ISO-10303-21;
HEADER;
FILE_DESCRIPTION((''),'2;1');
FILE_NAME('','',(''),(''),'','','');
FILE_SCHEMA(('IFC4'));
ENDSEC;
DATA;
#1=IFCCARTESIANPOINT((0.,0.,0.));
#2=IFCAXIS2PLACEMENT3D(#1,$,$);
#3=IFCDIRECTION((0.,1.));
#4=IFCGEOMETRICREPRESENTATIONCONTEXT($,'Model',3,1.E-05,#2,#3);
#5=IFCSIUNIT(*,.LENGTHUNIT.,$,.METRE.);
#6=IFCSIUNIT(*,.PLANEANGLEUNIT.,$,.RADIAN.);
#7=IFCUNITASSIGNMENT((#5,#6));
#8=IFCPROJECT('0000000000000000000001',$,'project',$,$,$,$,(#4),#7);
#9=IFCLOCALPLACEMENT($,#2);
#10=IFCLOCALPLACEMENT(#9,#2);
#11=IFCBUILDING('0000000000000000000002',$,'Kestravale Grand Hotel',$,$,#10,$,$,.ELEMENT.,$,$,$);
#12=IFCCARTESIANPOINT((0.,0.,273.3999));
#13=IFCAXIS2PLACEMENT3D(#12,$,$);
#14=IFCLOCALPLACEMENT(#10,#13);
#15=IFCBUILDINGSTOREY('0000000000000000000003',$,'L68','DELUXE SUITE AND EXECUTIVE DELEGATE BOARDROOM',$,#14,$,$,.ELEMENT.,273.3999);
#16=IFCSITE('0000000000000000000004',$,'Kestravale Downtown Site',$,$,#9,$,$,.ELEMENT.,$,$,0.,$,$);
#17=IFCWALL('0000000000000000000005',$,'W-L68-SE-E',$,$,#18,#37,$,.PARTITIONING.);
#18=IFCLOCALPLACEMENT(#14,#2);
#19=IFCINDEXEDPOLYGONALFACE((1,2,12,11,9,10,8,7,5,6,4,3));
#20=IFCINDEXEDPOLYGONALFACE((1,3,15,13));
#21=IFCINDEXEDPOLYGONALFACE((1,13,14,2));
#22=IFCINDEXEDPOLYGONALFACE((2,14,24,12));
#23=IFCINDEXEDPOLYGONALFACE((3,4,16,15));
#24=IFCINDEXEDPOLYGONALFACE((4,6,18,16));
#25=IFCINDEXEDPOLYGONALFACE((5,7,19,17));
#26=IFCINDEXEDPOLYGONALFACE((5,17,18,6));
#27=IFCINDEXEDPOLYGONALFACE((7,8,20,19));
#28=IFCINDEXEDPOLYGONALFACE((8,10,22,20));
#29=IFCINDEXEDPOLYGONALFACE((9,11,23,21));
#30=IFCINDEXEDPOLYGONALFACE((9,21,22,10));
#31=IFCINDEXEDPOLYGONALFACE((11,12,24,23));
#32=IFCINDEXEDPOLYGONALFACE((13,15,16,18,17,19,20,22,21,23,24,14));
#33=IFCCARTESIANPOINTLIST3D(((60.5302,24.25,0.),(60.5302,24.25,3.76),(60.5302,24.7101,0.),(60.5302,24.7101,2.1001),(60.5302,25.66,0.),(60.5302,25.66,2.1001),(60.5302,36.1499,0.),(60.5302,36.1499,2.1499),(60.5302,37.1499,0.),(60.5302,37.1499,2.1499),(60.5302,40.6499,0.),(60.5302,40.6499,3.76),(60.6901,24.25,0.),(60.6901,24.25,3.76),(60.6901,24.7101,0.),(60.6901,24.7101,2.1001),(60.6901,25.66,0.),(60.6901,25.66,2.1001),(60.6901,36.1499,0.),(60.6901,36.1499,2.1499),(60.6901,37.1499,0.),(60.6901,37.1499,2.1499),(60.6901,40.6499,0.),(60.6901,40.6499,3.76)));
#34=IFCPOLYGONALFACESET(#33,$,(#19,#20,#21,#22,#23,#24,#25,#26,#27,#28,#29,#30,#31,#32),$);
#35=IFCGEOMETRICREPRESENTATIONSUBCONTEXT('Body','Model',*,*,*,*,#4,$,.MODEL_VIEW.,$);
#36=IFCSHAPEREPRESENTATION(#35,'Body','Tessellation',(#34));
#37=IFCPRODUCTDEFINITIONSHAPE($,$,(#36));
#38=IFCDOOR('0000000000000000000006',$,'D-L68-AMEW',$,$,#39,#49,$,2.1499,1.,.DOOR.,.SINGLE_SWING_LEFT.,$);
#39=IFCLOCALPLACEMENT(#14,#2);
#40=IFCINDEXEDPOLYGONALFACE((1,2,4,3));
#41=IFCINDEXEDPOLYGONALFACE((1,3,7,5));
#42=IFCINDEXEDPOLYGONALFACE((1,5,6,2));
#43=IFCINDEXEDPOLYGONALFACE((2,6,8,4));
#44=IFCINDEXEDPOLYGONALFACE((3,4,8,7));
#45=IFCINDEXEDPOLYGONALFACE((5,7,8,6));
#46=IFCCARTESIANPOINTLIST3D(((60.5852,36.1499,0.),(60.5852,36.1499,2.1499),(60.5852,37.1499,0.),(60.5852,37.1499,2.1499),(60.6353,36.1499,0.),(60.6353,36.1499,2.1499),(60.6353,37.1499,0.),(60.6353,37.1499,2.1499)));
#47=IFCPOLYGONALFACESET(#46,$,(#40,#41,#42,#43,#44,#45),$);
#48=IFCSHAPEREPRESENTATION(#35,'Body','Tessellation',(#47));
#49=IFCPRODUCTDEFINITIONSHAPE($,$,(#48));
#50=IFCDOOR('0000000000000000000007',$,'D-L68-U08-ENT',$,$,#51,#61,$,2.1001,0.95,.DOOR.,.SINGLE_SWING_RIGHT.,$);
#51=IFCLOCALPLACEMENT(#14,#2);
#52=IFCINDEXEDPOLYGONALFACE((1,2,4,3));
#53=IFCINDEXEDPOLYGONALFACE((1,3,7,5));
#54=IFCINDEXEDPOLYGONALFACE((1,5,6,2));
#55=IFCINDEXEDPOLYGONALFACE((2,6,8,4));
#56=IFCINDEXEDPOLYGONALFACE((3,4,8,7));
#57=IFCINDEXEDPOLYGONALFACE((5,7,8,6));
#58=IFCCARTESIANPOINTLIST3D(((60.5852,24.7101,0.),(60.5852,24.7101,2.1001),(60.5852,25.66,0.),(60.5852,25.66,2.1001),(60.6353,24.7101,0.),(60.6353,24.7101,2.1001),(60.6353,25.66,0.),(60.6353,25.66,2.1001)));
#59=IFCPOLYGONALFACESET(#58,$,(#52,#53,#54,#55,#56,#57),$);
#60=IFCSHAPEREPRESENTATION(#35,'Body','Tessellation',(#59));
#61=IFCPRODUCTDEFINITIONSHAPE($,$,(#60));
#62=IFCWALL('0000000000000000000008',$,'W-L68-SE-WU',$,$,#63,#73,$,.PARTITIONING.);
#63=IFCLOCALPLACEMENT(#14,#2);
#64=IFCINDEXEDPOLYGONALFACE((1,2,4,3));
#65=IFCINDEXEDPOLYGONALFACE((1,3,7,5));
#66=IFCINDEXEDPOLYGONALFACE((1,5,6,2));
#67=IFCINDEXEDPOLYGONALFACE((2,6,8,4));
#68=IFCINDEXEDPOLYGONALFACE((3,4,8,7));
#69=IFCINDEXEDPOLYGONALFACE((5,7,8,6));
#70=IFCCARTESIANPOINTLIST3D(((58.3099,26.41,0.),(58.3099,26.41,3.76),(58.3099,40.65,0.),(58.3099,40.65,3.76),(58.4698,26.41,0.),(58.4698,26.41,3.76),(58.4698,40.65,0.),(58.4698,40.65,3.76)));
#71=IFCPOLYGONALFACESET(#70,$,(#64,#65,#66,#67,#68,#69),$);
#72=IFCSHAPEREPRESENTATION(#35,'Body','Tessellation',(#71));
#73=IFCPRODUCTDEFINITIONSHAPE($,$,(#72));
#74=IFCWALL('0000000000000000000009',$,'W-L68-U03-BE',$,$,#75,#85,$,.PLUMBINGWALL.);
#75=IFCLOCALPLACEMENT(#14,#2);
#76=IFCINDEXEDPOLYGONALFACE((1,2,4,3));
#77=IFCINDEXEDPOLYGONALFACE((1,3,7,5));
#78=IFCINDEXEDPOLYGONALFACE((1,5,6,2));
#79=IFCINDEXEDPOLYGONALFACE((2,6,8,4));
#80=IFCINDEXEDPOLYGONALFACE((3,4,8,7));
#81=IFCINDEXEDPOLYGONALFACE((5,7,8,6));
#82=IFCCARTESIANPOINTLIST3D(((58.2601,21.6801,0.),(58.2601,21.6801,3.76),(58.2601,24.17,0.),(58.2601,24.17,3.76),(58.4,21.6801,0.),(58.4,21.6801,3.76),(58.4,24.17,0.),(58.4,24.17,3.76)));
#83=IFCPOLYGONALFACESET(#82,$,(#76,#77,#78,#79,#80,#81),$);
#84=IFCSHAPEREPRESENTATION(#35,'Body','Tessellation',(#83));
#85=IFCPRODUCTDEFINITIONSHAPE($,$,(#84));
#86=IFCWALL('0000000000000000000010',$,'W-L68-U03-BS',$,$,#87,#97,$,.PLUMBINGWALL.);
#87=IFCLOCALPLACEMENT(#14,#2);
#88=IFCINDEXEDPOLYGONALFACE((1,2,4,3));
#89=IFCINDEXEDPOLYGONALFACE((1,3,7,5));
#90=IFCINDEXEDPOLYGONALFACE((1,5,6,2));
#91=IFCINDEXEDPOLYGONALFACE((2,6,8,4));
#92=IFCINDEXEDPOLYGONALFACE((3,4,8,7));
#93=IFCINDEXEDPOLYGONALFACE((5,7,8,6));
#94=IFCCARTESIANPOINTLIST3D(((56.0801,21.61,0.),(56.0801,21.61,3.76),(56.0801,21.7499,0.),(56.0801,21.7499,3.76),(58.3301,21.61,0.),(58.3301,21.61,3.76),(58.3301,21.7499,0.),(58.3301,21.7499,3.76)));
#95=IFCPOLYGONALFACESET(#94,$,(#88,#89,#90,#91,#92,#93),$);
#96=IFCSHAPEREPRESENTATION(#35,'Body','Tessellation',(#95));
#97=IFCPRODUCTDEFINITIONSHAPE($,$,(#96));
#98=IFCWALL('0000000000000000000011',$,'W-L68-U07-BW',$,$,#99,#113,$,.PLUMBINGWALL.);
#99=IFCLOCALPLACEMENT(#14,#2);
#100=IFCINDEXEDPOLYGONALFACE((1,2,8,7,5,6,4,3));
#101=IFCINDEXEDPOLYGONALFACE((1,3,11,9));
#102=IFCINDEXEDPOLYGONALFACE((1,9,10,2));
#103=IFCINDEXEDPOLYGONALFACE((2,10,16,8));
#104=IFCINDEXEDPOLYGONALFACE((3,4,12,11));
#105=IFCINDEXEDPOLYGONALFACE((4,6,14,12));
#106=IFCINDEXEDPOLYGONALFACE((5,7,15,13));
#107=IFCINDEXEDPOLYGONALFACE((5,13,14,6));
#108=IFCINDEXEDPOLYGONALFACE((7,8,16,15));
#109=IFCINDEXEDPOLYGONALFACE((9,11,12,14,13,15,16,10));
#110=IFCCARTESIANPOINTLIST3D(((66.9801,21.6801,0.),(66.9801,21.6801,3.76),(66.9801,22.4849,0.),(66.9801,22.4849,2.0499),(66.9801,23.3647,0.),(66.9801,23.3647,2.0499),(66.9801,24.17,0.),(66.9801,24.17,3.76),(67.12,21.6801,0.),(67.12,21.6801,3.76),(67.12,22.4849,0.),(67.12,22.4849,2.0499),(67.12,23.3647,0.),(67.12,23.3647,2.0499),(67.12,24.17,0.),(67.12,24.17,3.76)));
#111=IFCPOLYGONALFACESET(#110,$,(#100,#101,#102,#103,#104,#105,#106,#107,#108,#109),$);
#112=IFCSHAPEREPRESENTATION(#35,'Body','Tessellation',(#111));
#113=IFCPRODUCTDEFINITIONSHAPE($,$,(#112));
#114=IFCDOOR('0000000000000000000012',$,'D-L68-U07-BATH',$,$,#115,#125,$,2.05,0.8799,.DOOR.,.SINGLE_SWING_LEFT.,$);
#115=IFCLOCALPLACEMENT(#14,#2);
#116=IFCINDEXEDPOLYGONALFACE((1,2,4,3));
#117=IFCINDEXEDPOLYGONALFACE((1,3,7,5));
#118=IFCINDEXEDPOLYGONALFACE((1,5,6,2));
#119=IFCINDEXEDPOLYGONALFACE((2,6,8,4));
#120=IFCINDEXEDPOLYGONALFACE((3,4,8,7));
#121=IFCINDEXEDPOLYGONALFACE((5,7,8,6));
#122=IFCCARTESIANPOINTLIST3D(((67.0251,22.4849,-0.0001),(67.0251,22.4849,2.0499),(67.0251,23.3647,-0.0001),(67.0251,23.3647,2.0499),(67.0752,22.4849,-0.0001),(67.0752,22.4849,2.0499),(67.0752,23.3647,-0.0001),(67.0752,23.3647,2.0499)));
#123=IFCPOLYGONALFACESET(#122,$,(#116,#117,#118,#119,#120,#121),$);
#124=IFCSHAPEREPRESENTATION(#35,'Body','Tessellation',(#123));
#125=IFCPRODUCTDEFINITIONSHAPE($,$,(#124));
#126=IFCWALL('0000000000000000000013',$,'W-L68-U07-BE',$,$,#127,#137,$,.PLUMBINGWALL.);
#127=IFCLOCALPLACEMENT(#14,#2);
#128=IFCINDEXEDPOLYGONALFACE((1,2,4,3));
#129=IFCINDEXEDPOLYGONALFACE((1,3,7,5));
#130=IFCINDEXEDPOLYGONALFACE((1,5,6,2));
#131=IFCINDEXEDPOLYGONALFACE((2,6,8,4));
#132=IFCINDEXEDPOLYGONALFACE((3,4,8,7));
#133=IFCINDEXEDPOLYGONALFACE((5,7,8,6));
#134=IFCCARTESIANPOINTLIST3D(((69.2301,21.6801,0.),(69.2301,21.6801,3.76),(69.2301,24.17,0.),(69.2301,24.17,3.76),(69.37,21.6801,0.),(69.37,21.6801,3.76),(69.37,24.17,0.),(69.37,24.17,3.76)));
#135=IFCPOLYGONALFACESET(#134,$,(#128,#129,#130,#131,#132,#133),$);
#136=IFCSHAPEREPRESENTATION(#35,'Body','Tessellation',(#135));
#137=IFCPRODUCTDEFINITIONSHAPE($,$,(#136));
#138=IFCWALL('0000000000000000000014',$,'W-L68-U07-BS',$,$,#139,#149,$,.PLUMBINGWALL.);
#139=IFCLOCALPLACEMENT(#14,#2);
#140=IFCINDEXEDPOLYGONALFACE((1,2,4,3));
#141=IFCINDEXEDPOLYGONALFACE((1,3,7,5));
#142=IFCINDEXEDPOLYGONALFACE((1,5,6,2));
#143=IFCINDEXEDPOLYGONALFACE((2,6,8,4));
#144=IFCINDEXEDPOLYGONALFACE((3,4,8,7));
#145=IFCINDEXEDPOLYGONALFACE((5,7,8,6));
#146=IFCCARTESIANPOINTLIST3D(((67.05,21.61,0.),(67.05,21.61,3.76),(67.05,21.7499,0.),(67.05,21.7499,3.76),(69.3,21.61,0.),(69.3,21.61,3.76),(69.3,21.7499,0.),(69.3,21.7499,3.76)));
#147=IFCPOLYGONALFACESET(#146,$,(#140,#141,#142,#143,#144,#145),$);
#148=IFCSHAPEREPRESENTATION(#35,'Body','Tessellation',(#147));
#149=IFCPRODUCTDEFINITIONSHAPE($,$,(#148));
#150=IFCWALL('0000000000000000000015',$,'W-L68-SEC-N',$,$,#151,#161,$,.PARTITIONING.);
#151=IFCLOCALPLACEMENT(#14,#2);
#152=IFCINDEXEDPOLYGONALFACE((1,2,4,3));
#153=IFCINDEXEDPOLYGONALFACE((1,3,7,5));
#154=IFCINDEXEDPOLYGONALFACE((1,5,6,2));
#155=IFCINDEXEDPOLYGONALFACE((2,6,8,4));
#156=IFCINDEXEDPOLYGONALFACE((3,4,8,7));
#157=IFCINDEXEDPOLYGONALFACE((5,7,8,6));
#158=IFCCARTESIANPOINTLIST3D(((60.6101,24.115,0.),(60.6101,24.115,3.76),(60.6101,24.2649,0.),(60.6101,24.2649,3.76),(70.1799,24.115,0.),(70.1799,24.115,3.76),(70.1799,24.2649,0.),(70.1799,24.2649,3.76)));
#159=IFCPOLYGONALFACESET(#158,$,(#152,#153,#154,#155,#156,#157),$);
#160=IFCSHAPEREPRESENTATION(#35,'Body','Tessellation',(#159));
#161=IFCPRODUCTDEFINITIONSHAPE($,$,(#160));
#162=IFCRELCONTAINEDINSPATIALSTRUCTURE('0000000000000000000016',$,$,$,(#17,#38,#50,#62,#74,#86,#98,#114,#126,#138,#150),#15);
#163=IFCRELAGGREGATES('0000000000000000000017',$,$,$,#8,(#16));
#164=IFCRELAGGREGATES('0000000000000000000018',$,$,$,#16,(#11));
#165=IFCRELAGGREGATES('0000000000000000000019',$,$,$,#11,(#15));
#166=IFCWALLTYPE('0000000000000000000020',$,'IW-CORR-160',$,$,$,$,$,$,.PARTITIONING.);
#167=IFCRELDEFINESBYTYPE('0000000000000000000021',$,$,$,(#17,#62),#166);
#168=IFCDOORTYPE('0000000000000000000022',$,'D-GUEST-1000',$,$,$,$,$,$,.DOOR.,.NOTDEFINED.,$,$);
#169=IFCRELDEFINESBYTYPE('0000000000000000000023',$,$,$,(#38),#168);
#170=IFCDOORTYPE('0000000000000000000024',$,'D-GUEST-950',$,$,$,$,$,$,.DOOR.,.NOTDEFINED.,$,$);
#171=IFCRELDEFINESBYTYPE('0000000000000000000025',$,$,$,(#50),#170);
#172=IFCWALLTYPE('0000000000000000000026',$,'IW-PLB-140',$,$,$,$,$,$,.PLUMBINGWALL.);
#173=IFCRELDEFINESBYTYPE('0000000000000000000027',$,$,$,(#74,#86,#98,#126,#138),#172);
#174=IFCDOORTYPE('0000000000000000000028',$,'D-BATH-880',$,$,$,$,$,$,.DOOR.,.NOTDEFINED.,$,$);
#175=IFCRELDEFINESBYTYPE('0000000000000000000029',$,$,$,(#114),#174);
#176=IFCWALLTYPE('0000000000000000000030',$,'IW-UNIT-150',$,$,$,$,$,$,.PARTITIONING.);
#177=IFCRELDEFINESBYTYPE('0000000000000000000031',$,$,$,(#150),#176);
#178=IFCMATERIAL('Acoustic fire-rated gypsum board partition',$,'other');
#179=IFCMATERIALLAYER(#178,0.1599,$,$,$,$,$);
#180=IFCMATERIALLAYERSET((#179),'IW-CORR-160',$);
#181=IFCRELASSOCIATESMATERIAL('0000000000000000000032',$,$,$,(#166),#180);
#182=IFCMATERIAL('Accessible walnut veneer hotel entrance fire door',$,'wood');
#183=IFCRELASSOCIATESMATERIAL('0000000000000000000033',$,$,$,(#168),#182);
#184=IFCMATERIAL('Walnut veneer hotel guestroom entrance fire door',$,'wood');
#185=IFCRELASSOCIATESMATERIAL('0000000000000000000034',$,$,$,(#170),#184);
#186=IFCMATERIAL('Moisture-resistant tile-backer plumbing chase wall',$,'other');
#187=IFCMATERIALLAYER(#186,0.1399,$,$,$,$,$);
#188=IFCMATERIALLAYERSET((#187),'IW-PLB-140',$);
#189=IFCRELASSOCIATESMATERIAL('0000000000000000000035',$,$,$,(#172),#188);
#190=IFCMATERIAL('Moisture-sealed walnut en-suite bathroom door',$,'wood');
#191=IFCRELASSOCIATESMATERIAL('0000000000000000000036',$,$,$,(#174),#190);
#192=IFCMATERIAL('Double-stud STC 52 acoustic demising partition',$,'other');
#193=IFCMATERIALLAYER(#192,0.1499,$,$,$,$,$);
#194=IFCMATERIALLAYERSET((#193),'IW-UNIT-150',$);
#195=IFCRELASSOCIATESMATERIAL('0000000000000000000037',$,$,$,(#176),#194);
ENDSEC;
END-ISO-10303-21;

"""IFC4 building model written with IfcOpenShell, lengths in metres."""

from ifc_helpers import new_model, si_unit, direction, frame, frame_2d, origin, place, context, subcontext, project, spatial, rectangle, extrude, material, layer, layer_set, type_object, element, fill, save


model = new_model("IFC4")

# Units and contexts
model_context = context("Model", 3, precision=1e-05, world=origin(), true_north=direction((0.0, 1.0)))
body_context = subcontext(model_context, "Body", "Model", "MODEL_VIEW")
ifc_project = project(units=[si_unit("LENGTHUNIT", "METRE"), si_unit("PLANEANGLEUNIT", "RADIAN")], contexts=[model_context])

# Site, building, storey
site_placement = place(None, origin())
site = spatial("IfcSite", under=ifc_project, at=site_placement, Name="Kestravale Downtown Site", CompositionType="ELEMENT", RefElevation=0.0)
building_placement = place(site_placement, origin())
building = spatial("IfcBuilding", under=site, at=building_placement, Name="Kestravale Grand Hotel", CompositionType="ELEMENT")
storey_placement = place(building_placement, frame((0.0, 0.0, 273.3999)))
storey = spatial("IfcBuildingStorey", under=building, at=storey_placement, Name="L68", Description="DELUXE SUITE AND EXECUTIVE DELEGATE BOARDROOM", CompositionType="ELEMENT", Elevation=273.3999)

# Shared definitions
ifc_material_1 = material(Name="Acoustic fire-rated gypsum board partition", Category="other")
ifc_layer_1 = layer(ifc_material_1, 0.1599)
ifc_layer_set_1 = layer_set([ifc_layer_1], Name="IW-CORR-160")
wall_type_1 = type_object("IfcWallType", Name="IW-CORR-160", PredefinedType="PARTITIONING", material=ifc_layer_set_1)

# Wall, openings, doors
wall_1_placement = place(storey_placement, frame((60.6101, 24.25, 0.0), z_axis=(0.0, 0.0, 1.0), x_axis=(0.0, 1.0, 0.0)))
wall_1 = element("IfcWall", 1, at=wall_1_placement, inside=storey, type_object=wall_type_1, Name="W-L68-SE-E", PredefinedType="PARTITIONING", context=body_context, shape_type="SweptSolid", body=[
    extrude(rectangle(XDim=16.3999, YDim=0.1599, at=frame_2d((8.2, 0.0))), origin(), (0.0, 0.0, 1.0), 3.76),
])
opening_1_placement = place(wall_1_placement, frame((0.46, 0.0, 0.0)))
opening_1 = element("IfcOpeningElement", 2, at=opening_1_placement, cuts=wall_1, PredefinedType="OPENING", context=body_context, shape_type="SweptSolid", body=[
    extrude(rectangle(XDim=0.95, YDim=2.1001, at=frame_2d((0.4751, 1.05))), frame((0.0, 0.0898, 0.0), z_axis=(0.0, -1.0, 0.0), x_axis=(1.0, 0.0, 0.0)), (0.0, 0.0, 1.0), 0.1799),
])
opening_2_placement = place(wall_1_placement, frame((11.8999, 0.0, 0.0)))
opening_2 = element("IfcOpeningElement", 3, at=opening_2_placement, cuts=wall_1, PredefinedType="OPENING", context=body_context, shape_type="SweptSolid", body=[
    extrude(rectangle(XDim=1.0, YDim=2.1499, at=frame_2d((0.5, 1.075))), frame((0.0, 0.0898, 0.0), z_axis=(0.0, -1.0, 0.0), x_axis=(1.0, 0.0, 0.0)), (0.0, 0.0, 1.0), 0.1799),
])
ifc_material_2 = material(Name="Accessible walnut veneer hotel entrance fire door", Category="wood")
door_type_1 = type_object("IfcDoorType", Name="D-GUEST-1000", OperationType="NOTDEFINED", PredefinedType="DOOR", material=ifc_material_2)
door_1_placement = place(opening_2_placement, origin())
door_1 = element("IfcDoor", 4, at=door_1_placement, inside=storey, type_object=door_type_1, Name="D-L68-AMEW", OperationType="SINGLE_SWING_LEFT", OverallHeight=2.1499, OverallWidth=1.0, PredefinedType="DOOR", context=body_context, shape_type="SweptSolid", body=[
    extrude(rectangle(XDim=1.0, YDim=2.1499, at=frame_2d((0.5, 1.075))), frame((0.0, 0.0249, 0.0), z_axis=(0.0, -1.0, 0.0), x_axis=(1.0, 0.0, 0.0)), (0.0, 0.0, 1.0), 0.05),
])
fill(opening_2, door_1)
ifc_material_3 = material(Name="Walnut veneer hotel guestroom entrance fire door", Category="wood")
door_type_2 = type_object("IfcDoorType", Name="D-GUEST-950", OperationType="NOTDEFINED", PredefinedType="DOOR", material=ifc_material_3)
door_2_placement = place(opening_1_placement, origin())
door_2 = element("IfcDoor", 5, at=door_2_placement, inside=storey, type_object=door_type_2, Name="D-L68-U08-ENT", OperationType="SINGLE_SWING_RIGHT", OverallHeight=2.1001, OverallWidth=0.95, PredefinedType="DOOR", context=body_context, shape_type="SweptSolid", body=[
    extrude(rectangle(XDim=0.95, YDim=2.1001, at=frame_2d((0.4751, 1.05))), frame((0.0, 0.0249, 0.0), z_axis=(0.0, -1.0, 0.0), x_axis=(1.0, 0.0, 0.0)), (0.0, 0.0, 1.0), 0.05),
])
fill(opening_1, door_2)

# Walls
wall_2_placement = place(storey_placement, frame((58.3899, 26.4099, 0.0), z_axis=(0.0, 0.0, 1.0), x_axis=(0.0, 1.0, 0.0)))
element("IfcWall", 6, at=wall_2_placement, inside=storey, type_object=wall_type_1, Name="W-L68-SE-WU", PredefinedType="PARTITIONING", context=body_context, shape_type="SweptSolid", body=[
    extrude(rectangle(XDim=14.24, YDim=0.1599, at=frame_2d((7.1201, 0.0))), origin(), (0.0, 0.0, 1.0), 3.76),
])
ifc_material_4 = material(Name="Moisture-resistant tile-backer plumbing chase wall", Category="other")
ifc_layer_2 = layer(ifc_material_4, 0.1399)
ifc_layer_set_2 = layer_set([ifc_layer_2], Name="IW-PLB-140")
wall_type_2 = type_object("IfcWallType", Name="IW-PLB-140", PredefinedType="PLUMBINGWALL", material=ifc_layer_set_2)
wall_3_placement = place(storey_placement, frame((58.3301, 21.6799, 0.0), z_axis=(0.0, 0.0, 1.0), x_axis=(0.0, 1.0, 0.0)))
element("IfcWall", 7, at=wall_3_placement, inside=storey, type_object=wall_type_2, Name="W-L68-U03-BE", PredefinedType="PLUMBINGWALL", context=body_context, shape_type="SweptSolid", body=[
    extrude(rectangle(XDim=2.49, YDim=0.1399, at=frame_2d((1.2451, 0.0))), origin(), (0.0, 0.0, 1.0), 3.76),
])
wall_4_placement = place(storey_placement, frame((56.0801, 21.6799, 0.0), z_axis=(0.0, 0.0, 1.0), x_axis=(1.0, 0.0, 0.0)))
element("IfcWall", 8, at=wall_4_placement, inside=storey, type_object=wall_type_2, Name="W-L68-U03-BS", PredefinedType="PLUMBINGWALL", context=body_context, shape_type="SweptSolid", body=[
    extrude(rectangle(XDim=2.25, YDim=0.1399, at=frame_2d((1.125, 0.0))), origin(), (0.0, 0.0, 1.0), 3.76),
])

# Wall, opening, door
wall_5_placement = place(storey_placement, frame((67.05, 21.6799, 0.0), z_axis=(0.0, 0.0, 1.0), x_axis=(0.0, 1.0, 0.0)))
wall_5 = element("IfcWall", 9, at=wall_5_placement, inside=storey, type_object=wall_type_2, Name="W-L68-U07-BW", PredefinedType="PLUMBINGWALL", context=body_context, shape_type="SweptSolid", body=[
    extrude(rectangle(XDim=2.49, YDim=0.1399, at=frame_2d((1.2451, 0.0))), origin(), (0.0, 0.0, 1.0), 3.76),
])
opening_3_placement = place(wall_5_placement, frame((0.8049, 0.0, 0.0)))
opening_3 = element("IfcOpeningElement", 10, at=opening_3_placement, cuts=wall_5, PredefinedType="OPENING", context=body_context, shape_type="SweptSolid", body=[
    extrude(rectangle(XDim=0.8799, YDim=2.05, at=frame_2d((0.4399, 1.0249))), frame((0.0, 0.0798, 0.0), z_axis=(0.0, -1.0, 0.0), x_axis=(1.0, 0.0, 0.0)), (0.0, 0.0, 1.0), 0.1599),
])
ifc_material_5 = material(Name="Moisture-sealed walnut en-suite bathroom door", Category="wood")
door_type_3 = type_object("IfcDoorType", Name="D-BATH-880", OperationType="NOTDEFINED", PredefinedType="DOOR", material=ifc_material_5)
door_3_placement = place(opening_3_placement, origin())
door_3 = element("IfcDoor", 11, at=door_3_placement, inside=storey, type_object=door_type_3, Name="D-L68-U07-BATH", OperationType="SINGLE_SWING_LEFT", OverallHeight=2.05, OverallWidth=0.8799, PredefinedType="DOOR", context=body_context, shape_type="SweptSolid", body=[
    extrude(rectangle(XDim=0.8799, YDim=2.05, at=frame_2d((0.4399, 1.0249))), frame((0.0, 0.0249, 0.0), z_axis=(0.0, -1.0, 0.0), x_axis=(1.0, 0.0, 0.0)), (0.0, 0.0, 1.0), 0.05),
])
fill(opening_3, door_3)

# Walls
wall_6_placement = place(storey_placement, frame((69.3, 21.6799, 0.0), z_axis=(0.0, 0.0, 1.0), x_axis=(0.0, 1.0, 0.0)))
element("IfcWall", 12, at=wall_6_placement, inside=storey, type_object=wall_type_2, Name="W-L68-U07-BE", PredefinedType="PLUMBINGWALL", context=body_context, shape_type="SweptSolid", body=[
    extrude(rectangle(XDim=2.49, YDim=0.1399, at=frame_2d((1.2451, 0.0))), origin(), (0.0, 0.0, 1.0), 3.76),
])
wall_7_placement = place(storey_placement, frame((67.05, 21.6799, 0.0), z_axis=(0.0, 0.0, 1.0), x_axis=(1.0, 0.0, 0.0)))
element("IfcWall", 13, at=wall_7_placement, inside=storey, type_object=wall_type_2, Name="W-L68-U07-BS", PredefinedType="PLUMBINGWALL", context=body_context, shape_type="SweptSolid", body=[
    extrude(rectangle(XDim=2.25, YDim=0.1399, at=frame_2d((1.125, 0.0))), origin(), (0.0, 0.0, 1.0), 3.76),
])
ifc_material_6 = material(Name="Double-stud STC 52 acoustic demising partition", Category="other")
ifc_layer_3 = layer(ifc_material_6, 0.1499)
ifc_layer_set_3 = layer_set([ifc_layer_3], Name="IW-UNIT-150")
wall_type_3 = type_object("IfcWallType", Name="IW-UNIT-150", PredefinedType="PARTITIONING", material=ifc_layer_set_3)
wall_8_placement = place(storey_placement, frame((60.6101, 24.1899, 0.0), z_axis=(0.0, 0.0, 1.0), x_axis=(1.0, 0.0, 0.0)))
element("IfcWall", 14, at=wall_8_placement, inside=storey, type_object=wall_type_3, Name="W-L68-SEC-N", PredefinedType="PARTITIONING", context=body_context, shape_type="SweptSolid", body=[
    extrude(rectangle(XDim=9.5698, YDim=0.1499, at=frame_2d((4.7849, 0.0))), origin(), (0.0, 0.0, 1.0), 3.76),
])

save(model, "model.ifc")
